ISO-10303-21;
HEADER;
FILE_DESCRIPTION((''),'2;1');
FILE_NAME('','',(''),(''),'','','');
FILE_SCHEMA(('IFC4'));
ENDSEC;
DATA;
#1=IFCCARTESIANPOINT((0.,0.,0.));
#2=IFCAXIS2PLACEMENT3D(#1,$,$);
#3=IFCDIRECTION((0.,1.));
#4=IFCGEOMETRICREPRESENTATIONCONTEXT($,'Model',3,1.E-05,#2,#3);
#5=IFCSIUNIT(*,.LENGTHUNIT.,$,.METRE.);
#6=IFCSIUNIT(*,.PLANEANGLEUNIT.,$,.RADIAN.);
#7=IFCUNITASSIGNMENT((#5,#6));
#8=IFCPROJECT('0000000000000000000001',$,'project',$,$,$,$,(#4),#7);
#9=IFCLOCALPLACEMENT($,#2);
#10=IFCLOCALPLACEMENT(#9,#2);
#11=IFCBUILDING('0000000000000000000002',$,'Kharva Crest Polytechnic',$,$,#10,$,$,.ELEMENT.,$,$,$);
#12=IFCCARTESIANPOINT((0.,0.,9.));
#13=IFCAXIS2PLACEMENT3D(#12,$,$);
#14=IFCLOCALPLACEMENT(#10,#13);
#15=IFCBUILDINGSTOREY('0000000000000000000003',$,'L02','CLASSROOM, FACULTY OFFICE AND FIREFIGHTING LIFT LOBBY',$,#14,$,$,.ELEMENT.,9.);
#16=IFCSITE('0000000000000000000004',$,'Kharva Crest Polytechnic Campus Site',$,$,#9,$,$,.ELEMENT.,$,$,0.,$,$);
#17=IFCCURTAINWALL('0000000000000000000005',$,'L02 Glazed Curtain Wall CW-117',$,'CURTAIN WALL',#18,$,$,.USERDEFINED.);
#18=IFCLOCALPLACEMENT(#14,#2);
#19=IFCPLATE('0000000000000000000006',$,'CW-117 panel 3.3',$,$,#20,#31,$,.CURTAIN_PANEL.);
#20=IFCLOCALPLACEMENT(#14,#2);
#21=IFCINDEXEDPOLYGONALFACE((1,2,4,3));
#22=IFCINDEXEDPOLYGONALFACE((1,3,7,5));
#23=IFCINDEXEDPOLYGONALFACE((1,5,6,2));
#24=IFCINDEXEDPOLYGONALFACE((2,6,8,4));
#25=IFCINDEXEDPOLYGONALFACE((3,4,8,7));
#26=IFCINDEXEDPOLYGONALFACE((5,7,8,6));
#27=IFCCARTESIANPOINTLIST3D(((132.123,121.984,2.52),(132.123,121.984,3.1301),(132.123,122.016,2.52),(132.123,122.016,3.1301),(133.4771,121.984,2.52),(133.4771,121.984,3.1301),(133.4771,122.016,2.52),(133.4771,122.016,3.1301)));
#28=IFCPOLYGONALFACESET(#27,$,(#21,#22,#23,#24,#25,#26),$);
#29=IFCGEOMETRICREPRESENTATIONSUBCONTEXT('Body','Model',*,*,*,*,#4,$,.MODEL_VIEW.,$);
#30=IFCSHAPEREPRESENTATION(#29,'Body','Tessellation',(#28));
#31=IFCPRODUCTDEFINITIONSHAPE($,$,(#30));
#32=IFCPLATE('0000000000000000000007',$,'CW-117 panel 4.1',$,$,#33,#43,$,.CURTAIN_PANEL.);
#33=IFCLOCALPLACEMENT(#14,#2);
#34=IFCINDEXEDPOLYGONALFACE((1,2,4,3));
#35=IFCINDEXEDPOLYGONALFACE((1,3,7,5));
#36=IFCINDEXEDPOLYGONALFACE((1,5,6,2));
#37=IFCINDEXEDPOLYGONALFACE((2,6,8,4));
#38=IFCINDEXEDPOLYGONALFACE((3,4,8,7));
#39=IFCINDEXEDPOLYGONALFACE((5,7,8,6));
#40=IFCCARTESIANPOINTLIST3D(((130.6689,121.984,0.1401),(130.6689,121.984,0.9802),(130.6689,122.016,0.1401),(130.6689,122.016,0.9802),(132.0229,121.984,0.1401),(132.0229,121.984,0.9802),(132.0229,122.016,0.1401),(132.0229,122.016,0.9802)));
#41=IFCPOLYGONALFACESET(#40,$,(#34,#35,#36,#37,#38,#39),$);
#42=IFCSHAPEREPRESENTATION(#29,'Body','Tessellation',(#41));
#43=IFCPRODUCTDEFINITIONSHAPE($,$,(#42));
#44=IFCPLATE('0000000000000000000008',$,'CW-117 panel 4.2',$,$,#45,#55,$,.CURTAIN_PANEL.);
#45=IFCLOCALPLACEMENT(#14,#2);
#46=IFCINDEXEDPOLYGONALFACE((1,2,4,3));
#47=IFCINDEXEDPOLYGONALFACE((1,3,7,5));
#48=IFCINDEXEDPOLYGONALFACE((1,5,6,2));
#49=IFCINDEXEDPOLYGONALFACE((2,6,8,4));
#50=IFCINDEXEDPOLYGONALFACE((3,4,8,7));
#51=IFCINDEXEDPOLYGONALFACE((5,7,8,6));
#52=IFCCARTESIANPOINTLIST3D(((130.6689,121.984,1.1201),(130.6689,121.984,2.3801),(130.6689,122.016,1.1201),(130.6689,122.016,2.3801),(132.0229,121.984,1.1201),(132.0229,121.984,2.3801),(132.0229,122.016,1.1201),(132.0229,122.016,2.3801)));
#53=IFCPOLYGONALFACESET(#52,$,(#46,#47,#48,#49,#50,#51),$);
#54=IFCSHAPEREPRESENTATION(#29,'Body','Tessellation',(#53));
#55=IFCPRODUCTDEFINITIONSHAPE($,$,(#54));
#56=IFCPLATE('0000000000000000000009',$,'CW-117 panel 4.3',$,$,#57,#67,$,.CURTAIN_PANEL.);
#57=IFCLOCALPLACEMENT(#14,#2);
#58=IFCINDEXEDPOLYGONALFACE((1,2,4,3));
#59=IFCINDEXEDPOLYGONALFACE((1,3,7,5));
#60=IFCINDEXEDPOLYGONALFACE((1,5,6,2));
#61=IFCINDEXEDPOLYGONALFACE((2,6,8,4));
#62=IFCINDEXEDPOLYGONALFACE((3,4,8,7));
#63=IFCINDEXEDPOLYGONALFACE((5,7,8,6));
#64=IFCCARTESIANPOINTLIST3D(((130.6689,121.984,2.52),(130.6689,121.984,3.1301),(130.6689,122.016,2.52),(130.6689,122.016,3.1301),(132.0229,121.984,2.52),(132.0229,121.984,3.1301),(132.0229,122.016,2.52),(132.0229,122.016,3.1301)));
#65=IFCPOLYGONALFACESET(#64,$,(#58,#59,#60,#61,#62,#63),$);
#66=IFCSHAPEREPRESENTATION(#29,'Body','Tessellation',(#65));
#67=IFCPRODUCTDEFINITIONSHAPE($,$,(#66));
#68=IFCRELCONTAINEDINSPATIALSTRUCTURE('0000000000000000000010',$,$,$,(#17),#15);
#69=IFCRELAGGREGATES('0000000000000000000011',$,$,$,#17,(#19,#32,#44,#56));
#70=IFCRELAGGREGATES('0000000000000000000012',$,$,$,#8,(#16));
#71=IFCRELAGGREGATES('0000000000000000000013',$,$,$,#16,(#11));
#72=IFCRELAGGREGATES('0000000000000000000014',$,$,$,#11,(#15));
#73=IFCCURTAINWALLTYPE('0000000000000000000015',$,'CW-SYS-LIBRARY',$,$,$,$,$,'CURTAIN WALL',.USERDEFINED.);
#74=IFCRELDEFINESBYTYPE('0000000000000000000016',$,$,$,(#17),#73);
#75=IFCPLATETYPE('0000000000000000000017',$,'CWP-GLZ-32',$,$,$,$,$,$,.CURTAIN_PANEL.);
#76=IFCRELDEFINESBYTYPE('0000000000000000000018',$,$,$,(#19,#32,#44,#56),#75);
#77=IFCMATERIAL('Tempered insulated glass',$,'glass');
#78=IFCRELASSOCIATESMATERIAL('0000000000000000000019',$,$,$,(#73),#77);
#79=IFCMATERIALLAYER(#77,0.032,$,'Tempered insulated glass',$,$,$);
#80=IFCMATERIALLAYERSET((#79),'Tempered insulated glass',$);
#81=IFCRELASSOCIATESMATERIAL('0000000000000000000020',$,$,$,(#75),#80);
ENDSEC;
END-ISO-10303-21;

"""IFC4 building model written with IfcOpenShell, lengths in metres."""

from ifc_helpers import new_model, si_unit, direction, frame, origin, origin_2d, place, context, subcontext, project, spatial, rectangle, extrude, material, layer, layer_set, type_object, element, aggregate, save


model = new_model("IFC4")

# Units and contexts
model_context = context("Model", 3, precision=1e-05, world=origin(), true_north=direction((0.0, 1.0)))
body_context = subcontext(model_context, "Body", "Model", "MODEL_VIEW")
ifc_project = project(units=[si_unit("LENGTHUNIT", "METRE"), si_unit("PLANEANGLEUNIT", "RADIAN")], contexts=[model_context])

# Site, building, storey
site_placement = place(None, origin())
site = spatial("IfcSite", under=ifc_project, at=site_placement, Name="Kharva Crest Polytechnic Campus Site", CompositionType="ELEMENT", RefElevation=0.0)
building_placement = place(site_placement, origin())
building = spatial("IfcBuilding", under=site, at=building_placement, Name="Kharva Crest Polytechnic", CompositionType="ELEMENT")
storey_placement = place(building_placement, frame((0.0, 0.0, 9.0)))
storey = spatial("IfcBuildingStorey", under=building, at=storey_placement, Name="L02", Description="CLASSROOM, FACULTY OFFICE AND FIREFIGHTING LIFT LOBBY", CompositionType="ELEMENT", Elevation=9.0)

# Shared definitions
ifc_material_1 = material(Name="Tempered insulated glass", Category="glass")
curtain_wall_type = type_object("IfcCurtainWallType", Name="CW-SYS-LIBRARY", ElementType="CURTAIN WALL", PredefinedType="USERDEFINED", material=ifc_material_1)

# Curtain wall
curtain_wall_1_placement = place(storey_placement, origin())
curtain_wall_1 = element("IfcCurtainWall", 1, at=curtain_wall_1_placement, inside=storey, type_object=curtain_wall_type, Name="L02 Glazed Curtain Wall CW-117", ObjectType="CURTAIN WALL", PredefinedType="USERDEFINED")

# Plates
ifc_layer = layer(ifc_material_1, 0.032, Name="Tempered insulated glass")
ifc_layer_set = layer_set([ifc_layer], Name="Tempered insulated glass")
plate_type = type_object("IfcPlateType", Name="CWP-GLZ-32", PredefinedType="CURTAIN_PANEL", material=ifc_layer_set)
plate_1_placement = place(storey_placement, frame((132.8, 122.0, 2.52), z_axis=(0.0, 0.0, 1.0), x_axis=(-1.0, 0.0, 0.0)))
plate_1 = element("IfcPlate", 2, at=plate_1_placement, type_object=plate_type, Name="CW-117 panel 3.3", PredefinedType="CURTAIN_PANEL", context=body_context, shape_type="SweptSolid", body=[
    extrude(rectangle(XDim=1.354, YDim=0.032, at=origin_2d()), origin(), (0.0, 0.0, 1.0), 0.6101),
])
plate_2_placement = place(storey_placement, frame((131.3459, 122.0, 0.1401), z_axis=(0.0, 0.0, 1.0), x_axis=(-1.0, 0.0, 0.0)))
plate_2 = element("IfcPlate", 3, at=plate_2_placement, type_object=plate_type, Name="CW-117 panel 4.1", PredefinedType="CURTAIN_PANEL", context=body_context, shape_type="SweptSolid", body=[
    extrude(rectangle(XDim=1.354, YDim=0.032, at=origin_2d()), origin(), (0.0, 0.0, 1.0), 0.8401),
])
plate_3_placement = place(storey_placement, frame((131.3459, 122.0, 1.1201), z_axis=(0.0, 0.0, 1.0), x_axis=(-1.0, 0.0, 0.0)))
plate_3 = element("IfcPlate", 4, at=plate_3_placement, type_object=plate_type, Name="CW-117 panel 4.2", PredefinedType="CURTAIN_PANEL", context=body_context, shape_type="SweptSolid", body=[
    extrude(rectangle(XDim=1.354, YDim=0.032, at=origin_2d()), origin(), (0.0, 0.0, 1.0), 1.26),
])
plate_4_placement = place(storey_placement, frame((131.3459, 122.0, 2.52), z_axis=(0.0, 0.0, 1.0), x_axis=(-1.0, 0.0, 0.0)))
plate_4 = element("IfcPlate", 5, at=plate_4_placement, type_object=plate_type, Name="CW-117 panel 4.3", PredefinedType="CURTAIN_PANEL", context=body_context, shape_type="SweptSolid", body=[
    extrude(rectangle(XDim=1.354, YDim=0.032, at=origin_2d()), origin(), (0.0, 0.0, 1.0), 0.6101),
])
aggregate(curtain_wall_1, [plate_1, plate_2, plate_3, plate_4])

save(model, "model.ifc")
